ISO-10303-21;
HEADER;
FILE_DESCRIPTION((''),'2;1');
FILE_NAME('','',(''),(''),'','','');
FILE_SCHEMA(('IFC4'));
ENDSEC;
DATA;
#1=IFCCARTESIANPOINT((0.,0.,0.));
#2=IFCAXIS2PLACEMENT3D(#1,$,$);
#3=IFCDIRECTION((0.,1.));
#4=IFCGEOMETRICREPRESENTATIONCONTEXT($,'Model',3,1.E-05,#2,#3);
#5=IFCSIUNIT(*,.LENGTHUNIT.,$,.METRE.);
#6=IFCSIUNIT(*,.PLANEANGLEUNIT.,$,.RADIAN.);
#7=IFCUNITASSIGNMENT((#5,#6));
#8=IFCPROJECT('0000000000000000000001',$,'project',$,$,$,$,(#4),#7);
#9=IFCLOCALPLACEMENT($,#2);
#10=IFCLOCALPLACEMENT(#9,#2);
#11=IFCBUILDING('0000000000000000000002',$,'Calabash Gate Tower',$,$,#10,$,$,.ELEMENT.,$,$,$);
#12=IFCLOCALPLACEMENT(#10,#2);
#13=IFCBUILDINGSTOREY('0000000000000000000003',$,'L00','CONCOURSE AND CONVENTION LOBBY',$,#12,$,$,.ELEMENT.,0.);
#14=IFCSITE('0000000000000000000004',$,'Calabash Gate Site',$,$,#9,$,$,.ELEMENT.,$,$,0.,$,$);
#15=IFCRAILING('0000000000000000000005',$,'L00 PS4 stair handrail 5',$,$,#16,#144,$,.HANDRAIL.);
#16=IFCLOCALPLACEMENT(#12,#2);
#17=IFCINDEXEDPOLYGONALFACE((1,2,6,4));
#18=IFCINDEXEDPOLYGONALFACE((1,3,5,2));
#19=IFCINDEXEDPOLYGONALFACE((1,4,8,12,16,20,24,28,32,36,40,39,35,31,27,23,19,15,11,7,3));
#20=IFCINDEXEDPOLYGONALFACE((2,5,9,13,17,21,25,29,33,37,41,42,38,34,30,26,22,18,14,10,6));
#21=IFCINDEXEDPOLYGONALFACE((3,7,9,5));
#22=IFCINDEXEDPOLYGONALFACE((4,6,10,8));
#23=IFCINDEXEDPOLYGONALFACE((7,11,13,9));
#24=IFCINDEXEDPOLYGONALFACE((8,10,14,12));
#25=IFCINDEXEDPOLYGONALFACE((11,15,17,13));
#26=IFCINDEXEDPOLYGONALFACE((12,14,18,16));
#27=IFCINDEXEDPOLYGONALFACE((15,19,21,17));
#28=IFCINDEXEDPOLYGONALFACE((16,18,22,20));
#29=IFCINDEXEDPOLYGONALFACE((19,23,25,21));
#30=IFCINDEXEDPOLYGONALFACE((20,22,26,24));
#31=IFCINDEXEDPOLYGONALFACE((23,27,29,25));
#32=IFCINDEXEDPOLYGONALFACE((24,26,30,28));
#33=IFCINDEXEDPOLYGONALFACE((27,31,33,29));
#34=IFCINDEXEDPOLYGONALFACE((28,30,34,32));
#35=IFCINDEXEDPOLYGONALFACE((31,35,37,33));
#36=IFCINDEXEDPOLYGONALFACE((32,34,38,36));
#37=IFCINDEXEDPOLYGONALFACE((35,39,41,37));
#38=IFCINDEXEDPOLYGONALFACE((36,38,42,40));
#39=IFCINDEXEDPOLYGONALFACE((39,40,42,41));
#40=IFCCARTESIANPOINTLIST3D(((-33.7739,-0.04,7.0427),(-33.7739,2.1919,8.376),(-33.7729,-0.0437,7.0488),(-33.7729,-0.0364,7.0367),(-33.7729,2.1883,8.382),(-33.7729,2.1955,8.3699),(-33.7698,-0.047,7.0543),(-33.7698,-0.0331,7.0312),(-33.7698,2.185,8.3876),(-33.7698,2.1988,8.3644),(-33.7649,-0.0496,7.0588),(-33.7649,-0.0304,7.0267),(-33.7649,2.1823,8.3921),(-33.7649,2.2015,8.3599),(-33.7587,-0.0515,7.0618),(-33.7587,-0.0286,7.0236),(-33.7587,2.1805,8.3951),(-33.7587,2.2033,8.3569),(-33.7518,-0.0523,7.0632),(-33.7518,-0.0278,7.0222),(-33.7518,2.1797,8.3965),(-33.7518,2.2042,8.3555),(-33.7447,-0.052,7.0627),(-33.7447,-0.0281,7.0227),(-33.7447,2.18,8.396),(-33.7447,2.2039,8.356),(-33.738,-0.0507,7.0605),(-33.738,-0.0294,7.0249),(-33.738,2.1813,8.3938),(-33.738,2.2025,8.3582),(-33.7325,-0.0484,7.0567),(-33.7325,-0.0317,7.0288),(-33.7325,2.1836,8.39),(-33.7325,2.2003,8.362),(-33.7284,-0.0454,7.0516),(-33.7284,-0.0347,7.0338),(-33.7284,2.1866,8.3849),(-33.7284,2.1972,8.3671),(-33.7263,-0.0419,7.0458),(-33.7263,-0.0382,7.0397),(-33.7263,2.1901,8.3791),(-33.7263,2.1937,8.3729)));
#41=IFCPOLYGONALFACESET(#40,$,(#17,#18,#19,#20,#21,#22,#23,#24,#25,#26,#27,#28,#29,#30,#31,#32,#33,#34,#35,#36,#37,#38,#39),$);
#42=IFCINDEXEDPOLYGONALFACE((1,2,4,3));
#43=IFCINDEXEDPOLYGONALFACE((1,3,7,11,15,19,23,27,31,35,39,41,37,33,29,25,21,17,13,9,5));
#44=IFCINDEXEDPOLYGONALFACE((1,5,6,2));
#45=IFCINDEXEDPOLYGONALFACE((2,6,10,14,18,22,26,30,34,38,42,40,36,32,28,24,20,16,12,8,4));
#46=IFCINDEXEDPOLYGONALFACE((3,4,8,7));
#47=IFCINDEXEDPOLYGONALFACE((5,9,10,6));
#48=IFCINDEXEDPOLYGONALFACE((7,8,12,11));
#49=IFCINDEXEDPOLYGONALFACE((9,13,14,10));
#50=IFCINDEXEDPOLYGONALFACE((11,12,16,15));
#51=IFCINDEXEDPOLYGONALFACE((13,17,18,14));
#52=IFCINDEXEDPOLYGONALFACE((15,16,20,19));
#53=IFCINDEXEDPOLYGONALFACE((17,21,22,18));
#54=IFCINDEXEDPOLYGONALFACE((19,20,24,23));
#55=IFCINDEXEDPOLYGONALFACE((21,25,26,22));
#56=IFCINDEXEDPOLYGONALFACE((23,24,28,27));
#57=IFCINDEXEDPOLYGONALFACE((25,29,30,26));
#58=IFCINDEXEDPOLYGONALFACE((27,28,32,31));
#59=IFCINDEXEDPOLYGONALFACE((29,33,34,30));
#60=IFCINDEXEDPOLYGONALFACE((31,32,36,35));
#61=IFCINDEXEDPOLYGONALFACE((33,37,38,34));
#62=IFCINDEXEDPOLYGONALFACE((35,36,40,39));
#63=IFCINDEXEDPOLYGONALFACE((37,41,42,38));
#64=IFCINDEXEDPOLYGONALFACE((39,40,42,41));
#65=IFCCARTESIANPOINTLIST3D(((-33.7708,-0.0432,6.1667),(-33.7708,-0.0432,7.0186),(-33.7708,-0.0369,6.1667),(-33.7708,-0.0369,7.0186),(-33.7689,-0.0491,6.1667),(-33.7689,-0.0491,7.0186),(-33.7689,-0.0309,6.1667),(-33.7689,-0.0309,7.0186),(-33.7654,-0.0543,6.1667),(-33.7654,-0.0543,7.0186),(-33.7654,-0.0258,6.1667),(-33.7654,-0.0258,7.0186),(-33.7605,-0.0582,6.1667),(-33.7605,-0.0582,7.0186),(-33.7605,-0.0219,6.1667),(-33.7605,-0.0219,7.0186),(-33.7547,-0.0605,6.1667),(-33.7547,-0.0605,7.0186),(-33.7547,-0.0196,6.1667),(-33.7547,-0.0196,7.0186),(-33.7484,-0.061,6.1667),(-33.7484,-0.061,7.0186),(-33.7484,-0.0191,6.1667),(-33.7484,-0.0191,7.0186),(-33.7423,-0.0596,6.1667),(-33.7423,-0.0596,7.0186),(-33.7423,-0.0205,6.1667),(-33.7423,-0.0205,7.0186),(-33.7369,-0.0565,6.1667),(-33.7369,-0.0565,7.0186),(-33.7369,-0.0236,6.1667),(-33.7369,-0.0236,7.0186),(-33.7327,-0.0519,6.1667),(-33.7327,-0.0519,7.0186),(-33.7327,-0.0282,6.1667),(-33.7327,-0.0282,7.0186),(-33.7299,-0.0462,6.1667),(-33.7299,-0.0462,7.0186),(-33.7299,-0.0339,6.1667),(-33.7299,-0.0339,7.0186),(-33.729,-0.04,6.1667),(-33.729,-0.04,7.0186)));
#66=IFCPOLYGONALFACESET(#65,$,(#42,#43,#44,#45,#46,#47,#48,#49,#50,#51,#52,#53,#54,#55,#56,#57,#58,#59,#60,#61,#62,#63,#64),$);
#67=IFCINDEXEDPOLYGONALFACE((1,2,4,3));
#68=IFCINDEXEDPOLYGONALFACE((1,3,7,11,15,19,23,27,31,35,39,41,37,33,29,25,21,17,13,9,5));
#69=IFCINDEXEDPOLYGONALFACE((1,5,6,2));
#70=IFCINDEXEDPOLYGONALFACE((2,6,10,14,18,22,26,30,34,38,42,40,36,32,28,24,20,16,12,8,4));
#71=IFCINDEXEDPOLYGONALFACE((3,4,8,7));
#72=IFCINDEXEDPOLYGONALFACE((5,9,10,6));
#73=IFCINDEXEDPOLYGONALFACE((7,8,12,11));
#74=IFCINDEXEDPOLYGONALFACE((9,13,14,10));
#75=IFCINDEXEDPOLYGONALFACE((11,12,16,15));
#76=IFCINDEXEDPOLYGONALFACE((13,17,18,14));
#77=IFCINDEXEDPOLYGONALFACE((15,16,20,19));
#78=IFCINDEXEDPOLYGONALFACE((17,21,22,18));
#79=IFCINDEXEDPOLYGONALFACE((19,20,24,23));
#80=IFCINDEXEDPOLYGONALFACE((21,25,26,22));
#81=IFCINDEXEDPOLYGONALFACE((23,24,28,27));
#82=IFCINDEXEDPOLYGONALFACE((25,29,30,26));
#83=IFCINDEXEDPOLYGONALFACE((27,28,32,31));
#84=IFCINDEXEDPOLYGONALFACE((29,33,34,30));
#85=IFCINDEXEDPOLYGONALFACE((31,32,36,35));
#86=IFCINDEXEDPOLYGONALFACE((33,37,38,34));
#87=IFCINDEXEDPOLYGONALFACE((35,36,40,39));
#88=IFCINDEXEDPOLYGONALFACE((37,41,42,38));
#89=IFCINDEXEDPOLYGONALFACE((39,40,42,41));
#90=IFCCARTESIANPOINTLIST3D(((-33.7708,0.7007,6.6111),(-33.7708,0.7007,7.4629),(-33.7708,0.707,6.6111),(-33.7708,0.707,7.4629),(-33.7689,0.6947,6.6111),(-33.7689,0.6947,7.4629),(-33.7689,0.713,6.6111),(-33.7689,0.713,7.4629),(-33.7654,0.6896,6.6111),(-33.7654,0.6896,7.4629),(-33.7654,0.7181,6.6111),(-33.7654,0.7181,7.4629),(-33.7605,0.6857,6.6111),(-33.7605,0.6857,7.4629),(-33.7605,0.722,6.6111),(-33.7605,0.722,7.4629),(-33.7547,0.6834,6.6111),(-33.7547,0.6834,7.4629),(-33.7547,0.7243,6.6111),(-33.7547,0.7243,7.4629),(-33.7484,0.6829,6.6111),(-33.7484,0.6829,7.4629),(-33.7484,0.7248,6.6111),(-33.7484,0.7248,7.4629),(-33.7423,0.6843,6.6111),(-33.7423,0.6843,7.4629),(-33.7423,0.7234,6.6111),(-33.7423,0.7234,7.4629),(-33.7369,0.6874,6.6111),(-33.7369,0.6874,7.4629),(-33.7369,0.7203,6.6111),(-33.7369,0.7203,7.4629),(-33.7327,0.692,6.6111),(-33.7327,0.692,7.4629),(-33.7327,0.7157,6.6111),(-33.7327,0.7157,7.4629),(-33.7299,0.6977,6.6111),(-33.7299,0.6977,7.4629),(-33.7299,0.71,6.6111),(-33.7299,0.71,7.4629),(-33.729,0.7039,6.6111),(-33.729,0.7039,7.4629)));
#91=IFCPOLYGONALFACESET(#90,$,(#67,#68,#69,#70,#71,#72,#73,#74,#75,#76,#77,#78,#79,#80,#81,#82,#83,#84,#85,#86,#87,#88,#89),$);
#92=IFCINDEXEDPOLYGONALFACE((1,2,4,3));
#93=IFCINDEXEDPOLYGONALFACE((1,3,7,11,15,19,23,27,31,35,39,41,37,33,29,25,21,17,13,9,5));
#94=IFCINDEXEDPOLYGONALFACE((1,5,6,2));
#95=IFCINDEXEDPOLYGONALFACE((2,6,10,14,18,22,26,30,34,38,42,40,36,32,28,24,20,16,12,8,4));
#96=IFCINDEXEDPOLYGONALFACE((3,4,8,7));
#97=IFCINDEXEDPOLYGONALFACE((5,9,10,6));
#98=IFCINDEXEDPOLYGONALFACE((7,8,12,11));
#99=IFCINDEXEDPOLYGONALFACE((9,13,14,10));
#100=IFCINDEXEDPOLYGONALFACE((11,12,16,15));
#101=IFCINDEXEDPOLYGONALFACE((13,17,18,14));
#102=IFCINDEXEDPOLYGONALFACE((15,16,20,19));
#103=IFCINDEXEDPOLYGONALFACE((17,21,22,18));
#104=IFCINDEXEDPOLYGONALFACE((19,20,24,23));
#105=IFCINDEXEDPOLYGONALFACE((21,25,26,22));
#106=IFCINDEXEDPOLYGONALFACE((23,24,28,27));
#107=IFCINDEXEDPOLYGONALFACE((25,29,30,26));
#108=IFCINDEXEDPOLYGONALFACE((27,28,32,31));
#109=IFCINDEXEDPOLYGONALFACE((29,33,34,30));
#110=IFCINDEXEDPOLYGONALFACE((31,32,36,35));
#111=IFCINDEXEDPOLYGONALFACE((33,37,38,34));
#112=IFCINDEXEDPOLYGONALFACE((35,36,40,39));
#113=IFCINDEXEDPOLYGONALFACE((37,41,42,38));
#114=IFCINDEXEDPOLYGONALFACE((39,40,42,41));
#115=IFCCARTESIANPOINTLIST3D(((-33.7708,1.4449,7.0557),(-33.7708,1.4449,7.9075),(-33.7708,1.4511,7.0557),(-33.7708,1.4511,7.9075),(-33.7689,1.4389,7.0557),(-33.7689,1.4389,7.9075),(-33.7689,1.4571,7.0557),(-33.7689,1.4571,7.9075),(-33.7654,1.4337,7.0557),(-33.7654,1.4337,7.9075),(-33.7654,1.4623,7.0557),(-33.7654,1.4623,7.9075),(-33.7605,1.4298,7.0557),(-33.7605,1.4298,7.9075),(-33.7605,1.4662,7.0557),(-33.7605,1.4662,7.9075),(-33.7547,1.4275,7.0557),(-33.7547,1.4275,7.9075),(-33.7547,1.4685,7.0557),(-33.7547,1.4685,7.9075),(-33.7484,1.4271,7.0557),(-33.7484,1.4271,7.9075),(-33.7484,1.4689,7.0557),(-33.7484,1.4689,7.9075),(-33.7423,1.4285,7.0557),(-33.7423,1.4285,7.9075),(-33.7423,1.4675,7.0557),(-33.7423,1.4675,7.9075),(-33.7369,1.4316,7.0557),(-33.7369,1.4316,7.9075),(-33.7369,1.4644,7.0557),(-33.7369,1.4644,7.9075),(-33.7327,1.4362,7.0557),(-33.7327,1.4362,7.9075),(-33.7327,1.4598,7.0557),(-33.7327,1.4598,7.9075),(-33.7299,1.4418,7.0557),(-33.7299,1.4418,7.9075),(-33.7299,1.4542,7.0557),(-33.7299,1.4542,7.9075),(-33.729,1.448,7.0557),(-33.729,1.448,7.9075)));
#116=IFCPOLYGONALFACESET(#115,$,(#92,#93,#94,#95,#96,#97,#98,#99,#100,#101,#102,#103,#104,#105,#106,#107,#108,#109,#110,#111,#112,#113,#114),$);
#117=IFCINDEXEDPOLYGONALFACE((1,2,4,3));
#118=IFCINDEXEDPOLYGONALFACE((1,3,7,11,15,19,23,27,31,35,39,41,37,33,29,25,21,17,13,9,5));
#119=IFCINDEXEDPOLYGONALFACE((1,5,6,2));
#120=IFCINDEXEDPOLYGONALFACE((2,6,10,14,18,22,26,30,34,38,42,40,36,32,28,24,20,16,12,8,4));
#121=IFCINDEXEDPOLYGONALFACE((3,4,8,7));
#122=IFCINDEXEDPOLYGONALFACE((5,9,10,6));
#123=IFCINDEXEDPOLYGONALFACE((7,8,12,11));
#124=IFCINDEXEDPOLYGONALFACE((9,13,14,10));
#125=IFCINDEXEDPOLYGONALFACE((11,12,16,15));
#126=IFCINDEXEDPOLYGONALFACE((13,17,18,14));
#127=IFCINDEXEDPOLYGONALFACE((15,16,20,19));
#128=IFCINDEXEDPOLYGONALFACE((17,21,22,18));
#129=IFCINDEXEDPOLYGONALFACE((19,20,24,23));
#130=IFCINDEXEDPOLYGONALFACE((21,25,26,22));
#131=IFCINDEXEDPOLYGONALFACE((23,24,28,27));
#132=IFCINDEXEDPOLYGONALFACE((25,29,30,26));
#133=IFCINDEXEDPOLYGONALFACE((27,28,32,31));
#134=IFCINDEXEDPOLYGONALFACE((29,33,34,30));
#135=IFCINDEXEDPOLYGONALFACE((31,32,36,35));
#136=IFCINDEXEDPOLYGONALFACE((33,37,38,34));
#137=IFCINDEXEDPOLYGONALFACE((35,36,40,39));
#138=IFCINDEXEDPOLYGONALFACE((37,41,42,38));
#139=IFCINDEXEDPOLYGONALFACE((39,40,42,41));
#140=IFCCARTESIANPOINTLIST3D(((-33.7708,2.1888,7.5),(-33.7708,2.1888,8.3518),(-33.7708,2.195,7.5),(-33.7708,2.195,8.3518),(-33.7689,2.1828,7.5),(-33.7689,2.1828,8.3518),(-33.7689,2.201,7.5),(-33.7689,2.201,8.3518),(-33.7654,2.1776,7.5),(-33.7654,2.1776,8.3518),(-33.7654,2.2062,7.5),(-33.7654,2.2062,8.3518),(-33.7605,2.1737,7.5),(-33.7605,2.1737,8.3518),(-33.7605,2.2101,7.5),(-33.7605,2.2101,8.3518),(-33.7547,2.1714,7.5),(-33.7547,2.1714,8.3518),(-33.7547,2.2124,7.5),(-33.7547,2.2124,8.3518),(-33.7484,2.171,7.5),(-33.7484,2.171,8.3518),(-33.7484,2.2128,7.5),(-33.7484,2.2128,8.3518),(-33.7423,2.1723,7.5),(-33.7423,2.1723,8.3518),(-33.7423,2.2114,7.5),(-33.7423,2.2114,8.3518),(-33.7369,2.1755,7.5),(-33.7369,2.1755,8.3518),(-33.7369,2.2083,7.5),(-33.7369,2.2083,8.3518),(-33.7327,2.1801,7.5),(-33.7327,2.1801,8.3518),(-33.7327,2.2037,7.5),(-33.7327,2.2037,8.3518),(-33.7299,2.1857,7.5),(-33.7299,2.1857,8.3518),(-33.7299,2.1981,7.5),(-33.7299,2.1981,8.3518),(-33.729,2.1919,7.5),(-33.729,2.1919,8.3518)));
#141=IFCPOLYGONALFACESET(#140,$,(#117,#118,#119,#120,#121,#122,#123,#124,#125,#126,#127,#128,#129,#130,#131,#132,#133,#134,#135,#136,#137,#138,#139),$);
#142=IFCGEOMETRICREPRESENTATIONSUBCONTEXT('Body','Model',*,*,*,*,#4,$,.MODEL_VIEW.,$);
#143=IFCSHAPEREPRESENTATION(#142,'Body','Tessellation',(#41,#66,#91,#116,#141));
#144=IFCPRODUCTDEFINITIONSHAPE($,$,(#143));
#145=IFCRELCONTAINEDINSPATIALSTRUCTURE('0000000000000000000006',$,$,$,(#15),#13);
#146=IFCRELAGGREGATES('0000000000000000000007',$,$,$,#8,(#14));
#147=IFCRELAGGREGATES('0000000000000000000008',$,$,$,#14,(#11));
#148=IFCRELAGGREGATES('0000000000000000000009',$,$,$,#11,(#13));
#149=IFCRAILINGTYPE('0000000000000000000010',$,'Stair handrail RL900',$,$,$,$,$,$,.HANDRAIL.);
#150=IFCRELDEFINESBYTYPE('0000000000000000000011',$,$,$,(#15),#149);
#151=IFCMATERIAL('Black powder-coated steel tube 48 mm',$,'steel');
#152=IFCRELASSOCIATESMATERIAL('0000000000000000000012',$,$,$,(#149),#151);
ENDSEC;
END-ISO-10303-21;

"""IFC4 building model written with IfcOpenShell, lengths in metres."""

from ifc_helpers import new_model, si_unit, direction, frame, origin, origin_2d, place, context, subcontext, project, spatial, circle, extrude, material, type_object, element, save


model = new_model("IFC4")

# Units and contexts
model_context = context("Model", 3, precision=1e-05, world=origin(), true_north=direction((0.0, 1.0)))
body_context = subcontext(model_context, "Body", "Model", "MODEL_VIEW")
ifc_project = project(units=[si_unit("LENGTHUNIT", "METRE"), si_unit("PLANEANGLEUNIT", "RADIAN")], contexts=[model_context])

# Site, building, storey
site_placement = place(None, origin())
site = spatial("IfcSite", under=ifc_project, at=site_placement, Name="Calabash Gate Site", CompositionType="ELEMENT", RefElevation=0.0)
building_placement = place(site_placement, origin())
building = spatial("IfcBuilding", under=site, at=building_placement, Name="Calabash Gate Tower", CompositionType="ELEMENT")
storey_placement = place(building_placement, origin())
storey = spatial("IfcBuildingStorey", under=building, at=storey_placement, Name="L00", Description="CONCOURSE AND CONVENTION LOBBY", CompositionType="ELEMENT", Elevation=0.0)

# Railing
ifc_material_1 = material(Name="Black powder-coated steel tube 48 mm", Category="steel")
railing_type = type_object("IfcRailingType", Name="Stair handrail RL900", PredefinedType="HANDRAIL", material=ifc_material_1)
for number, where, name in (
    (1, (-33.75, -0.04, 6.1667), "L00 PS4 stair handrail 5"),
):
    element("IfcRailing", number, at=place(storey_placement, frame(where)), inside=storey, type_object=railing_type, Name=name, PredefinedType="HANDRAIL", context=body_context, shape_type="SweptSolid", body=[
        extrude(circle(Radius=0.0239, at=origin_2d()), frame((0.0, 0.0, 0.876), z_axis=(0.0, 0.858494, 0.512824), x_axis=(-1.0, 0.0, 0.0)), (0.0, 0.0, 1.0), 2.5999),
        extrude(circle(Radius=0.021, at=origin_2d()), origin(), (0.0, 0.0, 1.0), 0.8518),
        extrude(circle(Radius=0.021, at=origin_2d()), frame((0.0, 0.7439, 0.4443)), (0.0, 0.0, 1.0), 0.8518),
        extrude(circle(Radius=0.021, at=origin_2d()), frame((0.0, 1.488, 0.8889)), (0.0, 0.0, 1.0), 0.8518),
        extrude(circle(Radius=0.021, at=origin_2d()), frame((0.0, 2.2319, 1.3333)), (0.0, 0.0, 1.0), 0.8518),
    ])

save(model, "model.ifc")
